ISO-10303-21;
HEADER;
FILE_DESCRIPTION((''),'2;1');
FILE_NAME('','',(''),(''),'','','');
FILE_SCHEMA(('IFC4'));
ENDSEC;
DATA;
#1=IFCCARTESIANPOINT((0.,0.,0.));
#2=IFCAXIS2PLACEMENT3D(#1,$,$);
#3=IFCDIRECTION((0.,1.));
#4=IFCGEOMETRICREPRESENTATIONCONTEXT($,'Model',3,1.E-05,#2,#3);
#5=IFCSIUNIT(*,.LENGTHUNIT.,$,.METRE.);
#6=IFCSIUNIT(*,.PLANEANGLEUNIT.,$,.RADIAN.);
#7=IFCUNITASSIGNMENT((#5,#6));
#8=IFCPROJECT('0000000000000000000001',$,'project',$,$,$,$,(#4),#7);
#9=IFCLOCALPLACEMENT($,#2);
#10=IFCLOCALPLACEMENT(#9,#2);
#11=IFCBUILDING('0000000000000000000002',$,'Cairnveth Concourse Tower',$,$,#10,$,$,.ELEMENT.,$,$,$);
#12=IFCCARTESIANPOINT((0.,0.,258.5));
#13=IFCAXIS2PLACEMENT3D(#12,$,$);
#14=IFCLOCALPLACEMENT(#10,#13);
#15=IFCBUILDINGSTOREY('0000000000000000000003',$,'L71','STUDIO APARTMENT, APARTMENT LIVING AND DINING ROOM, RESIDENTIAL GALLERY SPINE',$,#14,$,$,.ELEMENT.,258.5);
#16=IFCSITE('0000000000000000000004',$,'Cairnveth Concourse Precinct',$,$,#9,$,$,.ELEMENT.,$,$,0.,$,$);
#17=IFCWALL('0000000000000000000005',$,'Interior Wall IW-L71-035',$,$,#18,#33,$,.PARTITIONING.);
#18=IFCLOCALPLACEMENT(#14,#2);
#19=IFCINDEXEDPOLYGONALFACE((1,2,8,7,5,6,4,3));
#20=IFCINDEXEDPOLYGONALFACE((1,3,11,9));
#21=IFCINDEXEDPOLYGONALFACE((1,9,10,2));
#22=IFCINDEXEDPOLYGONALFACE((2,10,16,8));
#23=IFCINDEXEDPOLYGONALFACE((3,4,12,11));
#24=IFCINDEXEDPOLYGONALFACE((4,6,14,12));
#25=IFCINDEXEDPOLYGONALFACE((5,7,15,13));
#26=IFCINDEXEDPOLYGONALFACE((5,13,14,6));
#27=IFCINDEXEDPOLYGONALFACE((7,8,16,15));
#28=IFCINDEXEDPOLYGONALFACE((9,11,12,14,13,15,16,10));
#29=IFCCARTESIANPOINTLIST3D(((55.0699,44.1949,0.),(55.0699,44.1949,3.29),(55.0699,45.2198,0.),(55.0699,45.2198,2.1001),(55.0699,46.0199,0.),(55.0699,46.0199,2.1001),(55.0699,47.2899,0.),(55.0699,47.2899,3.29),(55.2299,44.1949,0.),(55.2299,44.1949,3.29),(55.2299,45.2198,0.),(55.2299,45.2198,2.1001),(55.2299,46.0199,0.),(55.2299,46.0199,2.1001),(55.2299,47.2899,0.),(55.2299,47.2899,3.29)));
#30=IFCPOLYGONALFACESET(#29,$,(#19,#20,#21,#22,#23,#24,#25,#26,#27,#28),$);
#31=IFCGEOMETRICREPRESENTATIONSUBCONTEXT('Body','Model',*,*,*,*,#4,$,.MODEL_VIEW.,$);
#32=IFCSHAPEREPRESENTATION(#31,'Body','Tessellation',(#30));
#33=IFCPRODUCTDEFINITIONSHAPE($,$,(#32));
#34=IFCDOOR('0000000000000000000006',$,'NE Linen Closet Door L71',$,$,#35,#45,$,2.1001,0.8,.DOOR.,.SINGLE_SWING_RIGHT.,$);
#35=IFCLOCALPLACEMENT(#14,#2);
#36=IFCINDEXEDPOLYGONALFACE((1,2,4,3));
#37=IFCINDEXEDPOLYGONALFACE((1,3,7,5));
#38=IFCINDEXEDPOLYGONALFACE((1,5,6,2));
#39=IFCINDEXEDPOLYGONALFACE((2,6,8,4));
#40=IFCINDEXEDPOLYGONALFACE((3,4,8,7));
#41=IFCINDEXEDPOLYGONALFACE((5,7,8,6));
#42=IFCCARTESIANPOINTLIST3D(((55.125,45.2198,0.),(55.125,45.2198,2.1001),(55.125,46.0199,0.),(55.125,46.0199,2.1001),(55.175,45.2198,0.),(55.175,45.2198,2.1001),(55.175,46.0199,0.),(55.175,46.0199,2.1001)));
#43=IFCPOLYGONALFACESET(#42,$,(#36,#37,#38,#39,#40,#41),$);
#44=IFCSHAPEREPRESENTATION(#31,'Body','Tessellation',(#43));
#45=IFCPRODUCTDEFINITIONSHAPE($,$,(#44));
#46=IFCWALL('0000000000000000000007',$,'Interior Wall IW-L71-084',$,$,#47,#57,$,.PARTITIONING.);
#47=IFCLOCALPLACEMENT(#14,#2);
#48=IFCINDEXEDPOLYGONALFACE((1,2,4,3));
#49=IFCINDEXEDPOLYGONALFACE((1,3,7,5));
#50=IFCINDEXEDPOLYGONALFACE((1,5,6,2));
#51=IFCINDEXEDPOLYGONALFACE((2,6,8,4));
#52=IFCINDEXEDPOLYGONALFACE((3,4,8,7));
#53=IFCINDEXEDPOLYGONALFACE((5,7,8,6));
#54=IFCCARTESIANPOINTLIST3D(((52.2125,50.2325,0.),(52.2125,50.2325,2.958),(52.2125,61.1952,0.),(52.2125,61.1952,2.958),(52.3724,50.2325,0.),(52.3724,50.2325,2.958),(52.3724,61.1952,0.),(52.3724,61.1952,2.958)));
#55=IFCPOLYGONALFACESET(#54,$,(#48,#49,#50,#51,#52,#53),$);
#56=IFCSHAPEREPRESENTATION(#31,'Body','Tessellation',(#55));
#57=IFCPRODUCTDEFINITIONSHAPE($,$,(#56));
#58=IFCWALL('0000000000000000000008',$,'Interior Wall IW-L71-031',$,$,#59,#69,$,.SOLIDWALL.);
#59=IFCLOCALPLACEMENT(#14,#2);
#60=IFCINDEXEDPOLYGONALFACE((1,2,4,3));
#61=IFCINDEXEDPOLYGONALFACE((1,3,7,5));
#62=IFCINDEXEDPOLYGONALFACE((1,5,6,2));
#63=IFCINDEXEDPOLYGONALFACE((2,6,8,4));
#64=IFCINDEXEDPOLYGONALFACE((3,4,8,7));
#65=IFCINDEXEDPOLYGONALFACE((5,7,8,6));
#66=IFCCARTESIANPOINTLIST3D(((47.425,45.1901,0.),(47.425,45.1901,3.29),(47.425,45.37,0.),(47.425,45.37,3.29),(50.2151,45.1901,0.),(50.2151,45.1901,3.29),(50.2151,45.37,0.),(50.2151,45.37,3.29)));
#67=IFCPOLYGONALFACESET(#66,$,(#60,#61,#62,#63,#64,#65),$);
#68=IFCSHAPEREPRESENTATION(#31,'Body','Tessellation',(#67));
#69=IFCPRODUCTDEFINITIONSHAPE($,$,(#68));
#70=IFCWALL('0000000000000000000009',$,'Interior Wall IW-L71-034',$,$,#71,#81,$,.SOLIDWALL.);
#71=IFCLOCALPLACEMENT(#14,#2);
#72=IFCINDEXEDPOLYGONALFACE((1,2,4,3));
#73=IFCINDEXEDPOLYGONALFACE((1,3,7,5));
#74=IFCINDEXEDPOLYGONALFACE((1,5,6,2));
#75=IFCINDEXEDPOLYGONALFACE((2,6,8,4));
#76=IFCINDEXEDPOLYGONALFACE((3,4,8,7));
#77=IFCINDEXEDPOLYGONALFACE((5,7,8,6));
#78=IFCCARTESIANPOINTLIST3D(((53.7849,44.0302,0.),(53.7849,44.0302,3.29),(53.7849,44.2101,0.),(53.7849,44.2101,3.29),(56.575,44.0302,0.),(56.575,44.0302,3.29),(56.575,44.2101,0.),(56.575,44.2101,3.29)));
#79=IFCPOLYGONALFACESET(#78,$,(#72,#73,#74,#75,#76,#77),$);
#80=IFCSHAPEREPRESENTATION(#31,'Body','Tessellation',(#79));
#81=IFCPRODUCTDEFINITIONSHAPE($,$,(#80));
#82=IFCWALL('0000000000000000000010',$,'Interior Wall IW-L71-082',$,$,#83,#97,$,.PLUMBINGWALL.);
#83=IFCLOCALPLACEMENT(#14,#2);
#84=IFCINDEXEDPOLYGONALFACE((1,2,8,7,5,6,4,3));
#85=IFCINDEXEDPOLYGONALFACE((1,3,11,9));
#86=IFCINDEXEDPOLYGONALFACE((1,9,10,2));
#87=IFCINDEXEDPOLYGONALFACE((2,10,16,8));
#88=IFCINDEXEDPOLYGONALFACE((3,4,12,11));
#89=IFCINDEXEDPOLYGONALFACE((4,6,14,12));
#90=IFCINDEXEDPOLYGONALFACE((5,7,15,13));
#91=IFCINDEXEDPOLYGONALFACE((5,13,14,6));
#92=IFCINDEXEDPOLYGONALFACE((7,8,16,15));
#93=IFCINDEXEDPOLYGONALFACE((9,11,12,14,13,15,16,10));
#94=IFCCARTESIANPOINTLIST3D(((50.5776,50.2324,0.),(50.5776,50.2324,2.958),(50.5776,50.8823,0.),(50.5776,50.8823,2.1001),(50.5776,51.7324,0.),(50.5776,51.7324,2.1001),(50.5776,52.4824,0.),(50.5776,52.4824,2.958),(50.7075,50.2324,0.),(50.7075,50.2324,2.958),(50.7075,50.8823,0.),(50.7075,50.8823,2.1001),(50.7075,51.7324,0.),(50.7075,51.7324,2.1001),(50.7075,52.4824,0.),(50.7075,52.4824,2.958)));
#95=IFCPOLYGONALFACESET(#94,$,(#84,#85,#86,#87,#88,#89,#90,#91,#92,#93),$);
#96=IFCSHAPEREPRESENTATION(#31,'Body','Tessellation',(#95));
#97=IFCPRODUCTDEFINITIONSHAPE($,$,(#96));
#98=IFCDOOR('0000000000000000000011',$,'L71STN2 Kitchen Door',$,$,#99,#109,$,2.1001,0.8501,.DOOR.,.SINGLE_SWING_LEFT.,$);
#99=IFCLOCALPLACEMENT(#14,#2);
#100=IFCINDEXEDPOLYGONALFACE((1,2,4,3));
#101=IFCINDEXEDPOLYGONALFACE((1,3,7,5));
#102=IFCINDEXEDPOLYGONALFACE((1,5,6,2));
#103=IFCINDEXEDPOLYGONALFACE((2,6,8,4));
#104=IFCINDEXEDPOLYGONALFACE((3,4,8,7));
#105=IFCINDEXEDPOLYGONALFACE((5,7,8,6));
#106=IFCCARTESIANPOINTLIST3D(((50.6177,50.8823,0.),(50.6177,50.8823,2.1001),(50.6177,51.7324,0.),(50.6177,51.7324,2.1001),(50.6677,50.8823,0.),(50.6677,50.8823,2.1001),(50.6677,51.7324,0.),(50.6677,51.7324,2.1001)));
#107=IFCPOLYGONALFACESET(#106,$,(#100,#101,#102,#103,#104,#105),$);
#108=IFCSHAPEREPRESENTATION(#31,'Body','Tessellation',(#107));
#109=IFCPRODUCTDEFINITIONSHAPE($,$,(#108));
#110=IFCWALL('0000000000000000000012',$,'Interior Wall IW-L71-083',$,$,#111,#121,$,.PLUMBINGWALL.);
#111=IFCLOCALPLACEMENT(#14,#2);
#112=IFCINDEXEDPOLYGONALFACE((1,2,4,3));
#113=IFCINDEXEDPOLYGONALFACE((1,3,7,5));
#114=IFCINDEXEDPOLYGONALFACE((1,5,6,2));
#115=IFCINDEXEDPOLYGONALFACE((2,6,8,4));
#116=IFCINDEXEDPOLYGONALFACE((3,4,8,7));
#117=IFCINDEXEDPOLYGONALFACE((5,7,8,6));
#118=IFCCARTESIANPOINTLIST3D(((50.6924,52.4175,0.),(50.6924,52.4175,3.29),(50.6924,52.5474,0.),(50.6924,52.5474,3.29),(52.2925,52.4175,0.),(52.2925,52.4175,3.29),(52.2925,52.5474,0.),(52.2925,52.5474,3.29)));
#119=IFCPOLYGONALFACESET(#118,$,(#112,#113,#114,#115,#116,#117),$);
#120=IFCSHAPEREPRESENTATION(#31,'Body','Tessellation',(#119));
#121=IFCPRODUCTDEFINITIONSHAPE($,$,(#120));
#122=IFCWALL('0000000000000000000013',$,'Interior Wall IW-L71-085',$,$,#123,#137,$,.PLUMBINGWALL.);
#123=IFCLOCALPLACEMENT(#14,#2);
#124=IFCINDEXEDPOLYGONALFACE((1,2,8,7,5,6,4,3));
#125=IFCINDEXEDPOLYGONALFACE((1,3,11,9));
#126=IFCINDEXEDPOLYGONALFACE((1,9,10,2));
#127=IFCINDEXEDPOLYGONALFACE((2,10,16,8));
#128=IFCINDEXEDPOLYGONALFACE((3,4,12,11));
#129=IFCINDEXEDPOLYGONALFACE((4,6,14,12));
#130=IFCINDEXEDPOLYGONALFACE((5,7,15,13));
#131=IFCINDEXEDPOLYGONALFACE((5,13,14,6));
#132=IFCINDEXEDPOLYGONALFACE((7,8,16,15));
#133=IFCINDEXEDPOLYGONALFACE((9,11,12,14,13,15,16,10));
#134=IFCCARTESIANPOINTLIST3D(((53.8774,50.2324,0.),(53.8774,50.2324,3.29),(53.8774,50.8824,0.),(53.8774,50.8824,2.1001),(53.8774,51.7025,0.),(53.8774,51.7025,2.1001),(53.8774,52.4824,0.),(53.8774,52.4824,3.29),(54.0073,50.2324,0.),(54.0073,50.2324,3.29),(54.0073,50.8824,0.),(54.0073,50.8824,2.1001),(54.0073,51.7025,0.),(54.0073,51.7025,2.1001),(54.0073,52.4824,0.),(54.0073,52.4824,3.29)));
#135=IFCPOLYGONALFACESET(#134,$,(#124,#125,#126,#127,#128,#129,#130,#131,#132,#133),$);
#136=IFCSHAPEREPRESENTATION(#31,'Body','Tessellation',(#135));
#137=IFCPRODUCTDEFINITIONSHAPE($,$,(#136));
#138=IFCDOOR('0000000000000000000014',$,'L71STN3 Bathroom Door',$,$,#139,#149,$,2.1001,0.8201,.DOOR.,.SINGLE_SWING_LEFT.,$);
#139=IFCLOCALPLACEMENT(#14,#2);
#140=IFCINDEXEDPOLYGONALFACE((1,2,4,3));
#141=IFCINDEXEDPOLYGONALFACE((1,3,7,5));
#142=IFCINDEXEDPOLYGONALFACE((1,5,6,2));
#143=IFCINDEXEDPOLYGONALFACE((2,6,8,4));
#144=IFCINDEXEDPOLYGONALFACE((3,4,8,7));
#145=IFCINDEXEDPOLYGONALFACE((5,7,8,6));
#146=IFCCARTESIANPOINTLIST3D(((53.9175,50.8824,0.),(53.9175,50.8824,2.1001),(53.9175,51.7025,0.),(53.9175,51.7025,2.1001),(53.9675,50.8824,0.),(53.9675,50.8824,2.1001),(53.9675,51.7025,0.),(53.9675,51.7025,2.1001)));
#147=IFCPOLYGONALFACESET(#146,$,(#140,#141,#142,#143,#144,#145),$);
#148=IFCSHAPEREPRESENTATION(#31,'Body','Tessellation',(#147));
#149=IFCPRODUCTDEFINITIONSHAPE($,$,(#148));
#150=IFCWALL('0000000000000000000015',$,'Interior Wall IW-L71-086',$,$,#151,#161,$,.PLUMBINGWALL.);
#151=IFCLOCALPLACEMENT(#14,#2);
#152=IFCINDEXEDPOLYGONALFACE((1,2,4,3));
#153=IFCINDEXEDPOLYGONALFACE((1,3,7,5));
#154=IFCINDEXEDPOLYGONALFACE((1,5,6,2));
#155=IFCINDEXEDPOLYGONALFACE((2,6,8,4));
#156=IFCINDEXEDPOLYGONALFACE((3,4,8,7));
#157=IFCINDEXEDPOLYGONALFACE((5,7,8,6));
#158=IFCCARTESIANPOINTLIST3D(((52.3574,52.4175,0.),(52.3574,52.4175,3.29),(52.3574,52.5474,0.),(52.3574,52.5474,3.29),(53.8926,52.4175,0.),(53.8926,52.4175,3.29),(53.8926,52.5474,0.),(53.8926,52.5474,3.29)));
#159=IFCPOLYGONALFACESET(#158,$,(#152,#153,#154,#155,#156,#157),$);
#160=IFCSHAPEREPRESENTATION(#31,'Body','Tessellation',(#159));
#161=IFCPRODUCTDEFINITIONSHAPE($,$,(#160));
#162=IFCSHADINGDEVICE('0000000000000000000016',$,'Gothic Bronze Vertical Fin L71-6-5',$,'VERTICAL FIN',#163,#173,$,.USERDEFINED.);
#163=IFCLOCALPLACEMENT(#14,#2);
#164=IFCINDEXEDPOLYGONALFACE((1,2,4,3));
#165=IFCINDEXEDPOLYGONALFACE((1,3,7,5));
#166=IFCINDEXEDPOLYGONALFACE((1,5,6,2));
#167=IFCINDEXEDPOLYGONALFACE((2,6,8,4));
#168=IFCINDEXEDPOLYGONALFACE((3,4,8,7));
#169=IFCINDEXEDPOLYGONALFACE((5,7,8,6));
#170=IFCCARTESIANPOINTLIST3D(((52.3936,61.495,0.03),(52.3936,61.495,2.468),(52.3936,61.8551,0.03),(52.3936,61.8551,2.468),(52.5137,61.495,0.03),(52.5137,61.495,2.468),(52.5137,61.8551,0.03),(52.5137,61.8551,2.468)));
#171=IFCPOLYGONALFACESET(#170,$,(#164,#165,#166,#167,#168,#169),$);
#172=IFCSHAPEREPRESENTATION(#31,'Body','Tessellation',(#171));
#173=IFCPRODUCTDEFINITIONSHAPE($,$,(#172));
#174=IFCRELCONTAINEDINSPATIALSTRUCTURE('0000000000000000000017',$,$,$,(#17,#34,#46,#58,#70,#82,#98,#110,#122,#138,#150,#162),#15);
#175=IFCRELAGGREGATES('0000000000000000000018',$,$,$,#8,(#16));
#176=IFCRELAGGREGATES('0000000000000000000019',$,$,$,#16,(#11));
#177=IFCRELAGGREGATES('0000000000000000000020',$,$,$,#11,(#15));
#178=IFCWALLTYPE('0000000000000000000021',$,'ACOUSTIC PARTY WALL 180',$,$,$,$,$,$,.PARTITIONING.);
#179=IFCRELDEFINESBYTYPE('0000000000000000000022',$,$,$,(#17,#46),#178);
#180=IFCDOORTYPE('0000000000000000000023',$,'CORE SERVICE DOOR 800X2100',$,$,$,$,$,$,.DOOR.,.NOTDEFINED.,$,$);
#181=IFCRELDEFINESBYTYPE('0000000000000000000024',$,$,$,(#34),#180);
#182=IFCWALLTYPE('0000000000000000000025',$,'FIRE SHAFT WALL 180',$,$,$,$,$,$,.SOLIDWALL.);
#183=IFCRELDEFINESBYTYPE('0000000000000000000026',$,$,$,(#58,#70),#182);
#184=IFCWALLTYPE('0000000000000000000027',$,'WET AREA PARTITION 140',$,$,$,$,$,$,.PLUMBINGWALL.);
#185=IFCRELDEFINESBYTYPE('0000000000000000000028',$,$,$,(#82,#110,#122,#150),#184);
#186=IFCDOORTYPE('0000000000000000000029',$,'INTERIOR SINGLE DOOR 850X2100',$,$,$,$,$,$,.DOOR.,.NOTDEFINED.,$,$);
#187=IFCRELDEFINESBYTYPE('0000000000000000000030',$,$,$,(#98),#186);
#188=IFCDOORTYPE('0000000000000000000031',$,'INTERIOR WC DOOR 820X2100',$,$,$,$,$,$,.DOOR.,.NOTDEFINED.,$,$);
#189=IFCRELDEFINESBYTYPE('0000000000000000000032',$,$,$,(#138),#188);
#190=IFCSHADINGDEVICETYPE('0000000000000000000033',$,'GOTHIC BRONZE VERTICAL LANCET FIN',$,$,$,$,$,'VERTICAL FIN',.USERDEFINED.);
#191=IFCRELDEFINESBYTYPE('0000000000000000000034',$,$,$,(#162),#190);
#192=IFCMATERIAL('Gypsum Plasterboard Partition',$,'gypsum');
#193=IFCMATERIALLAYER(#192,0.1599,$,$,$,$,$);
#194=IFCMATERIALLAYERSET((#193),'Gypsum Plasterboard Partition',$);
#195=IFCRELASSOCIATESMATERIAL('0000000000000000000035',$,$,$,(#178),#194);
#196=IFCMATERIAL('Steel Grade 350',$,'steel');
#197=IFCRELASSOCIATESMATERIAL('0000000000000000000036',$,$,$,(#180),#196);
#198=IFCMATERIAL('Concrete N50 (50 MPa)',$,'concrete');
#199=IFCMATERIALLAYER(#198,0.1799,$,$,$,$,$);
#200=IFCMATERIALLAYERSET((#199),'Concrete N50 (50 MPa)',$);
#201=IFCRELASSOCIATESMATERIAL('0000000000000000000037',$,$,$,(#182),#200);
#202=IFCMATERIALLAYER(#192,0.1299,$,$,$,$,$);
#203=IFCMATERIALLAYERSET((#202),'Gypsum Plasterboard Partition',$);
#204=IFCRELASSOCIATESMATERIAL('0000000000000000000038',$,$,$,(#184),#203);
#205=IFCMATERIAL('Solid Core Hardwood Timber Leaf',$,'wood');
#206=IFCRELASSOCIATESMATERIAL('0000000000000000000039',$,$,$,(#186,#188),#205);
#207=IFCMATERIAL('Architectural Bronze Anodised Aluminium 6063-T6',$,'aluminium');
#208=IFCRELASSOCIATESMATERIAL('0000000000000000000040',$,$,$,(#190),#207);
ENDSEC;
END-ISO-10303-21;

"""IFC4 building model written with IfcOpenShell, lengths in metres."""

from ifc_helpers import new_model, si_unit, direction, frame, frame_2d, origin, origin_2d, place, context, subcontext, project, spatial, rectangle, extrude, material, layer, layer_set, type_object, element, fill, save


model = new_model("IFC4")

# Units and contexts
model_context = context("Model", 3, precision=1e-05, world=origin(), true_north=direction((0.0, 1.0)))
body_context = subcontext(model_context, "Body", "Model", "MODEL_VIEW")
ifc_project = project(units=[si_unit("LENGTHUNIT", "METRE"), si_unit("PLANEANGLEUNIT", "RADIAN")], contexts=[model_context])

# Site, building, storey
site_placement = place(None, origin())
site = spatial("IfcSite", under=ifc_project, at=site_placement, Name="Cairnveth Concourse Precinct", CompositionType="ELEMENT", RefElevation=0.0)
building_placement = place(site_placement, origin())
building = spatial("IfcBuilding", under=site, at=building_placement, Name="Cairnveth Concourse Tower", CompositionType="ELEMENT")
storey_placement = place(building_placement, frame((0.0, 0.0, 258.5)))
storey = spatial("IfcBuildingStorey", under=building, at=storey_placement, Name="L71", Description="STUDIO APARTMENT, APARTMENT LIVING AND DINING ROOM, RESIDENTIAL GALLERY SPINE", CompositionType="ELEMENT", Elevation=258.5)

# Shared definitions
ifc_material_1 = material(Name="Steel Grade 350", Category="steel")

# Wall, opening, door
ifc_material_2 = material(Name="Gypsum Plasterboard Partition", Category="gypsum")
ifc_layer_1 = layer(ifc_material_2, 0.1599)
ifc_layer_set_1 = layer_set([ifc_layer_1], Name="Gypsum Plasterboard Partition")
wall_type_1 = type_object("IfcWallType", Name="ACOUSTIC PARTY WALL 180", PredefinedType="PARTITIONING", material=ifc_layer_set_1)
wall_1_placement = place(storey_placement, frame((55.1499, 44.1951, 0.0), z_axis=(0.0, 0.0, 1.0), x_axis=(0.0, 1.0, 0.0)))
wall_1 = element("IfcWall", 1, at=wall_1_placement, inside=storey, type_object=wall_type_1, Name="Interior Wall IW-L71-035", PredefinedType="PARTITIONING", context=body_context, shape_type="SweptSolid", body=[
    extrude(rectangle(XDim=3.095, YDim=0.1599, at=frame_2d((1.5474, 0.0))), origin(), (0.0, 0.0, 1.0), 3.29),
])
opening_1_placement = place(wall_1_placement, frame((1.0249, 0.0, 0.0)))
opening_1 = element("IfcOpeningElement", 2, at=opening_1_placement, cuts=wall_1, PredefinedType="OPENING", context=body_context, shape_type="SweptSolid", body=[
    extrude(rectangle(XDim=0.8, YDim=2.1001, at=frame_2d((0.3999, 1.05))), frame((0.0, 0.0898, 0.0), z_axis=(0.0, -1.0, 0.0), x_axis=(1.0, 0.0, 0.0)), (0.0, 0.0, 1.0), 0.1799),
])
door_type_1 = type_object("IfcDoorType", Name="CORE SERVICE DOOR 800X2100", OperationType="NOTDEFINED", PredefinedType="DOOR", material=ifc_material_1)
door_1_placement = place(opening_1_placement, origin())
door_1 = element("IfcDoor", 3, at=door_1_placement, inside=storey, type_object=door_type_1, Name="NE Linen Closet Door L71", OperationType="SINGLE_SWING_RIGHT", OverallHeight=2.1001, OverallWidth=0.8, PredefinedType="DOOR", context=body_context, shape_type="SweptSolid", body=[
    extrude(rectangle(XDim=0.8, YDim=2.1001, at=frame_2d((0.3999, 1.05))), frame((0.0, 0.0249, 0.0), z_axis=(0.0, -1.0, 0.0), x_axis=(1.0, 0.0, 0.0)), (0.0, 0.0, 1.0), 0.05),
])
fill(opening_1, door_1)

# Walls
wall_2_placement = place(storey_placement, frame((52.2925, 50.2324, 0.0), z_axis=(0.0, 0.0, 1.0), x_axis=(0.0, 1.0, 0.0)))
element("IfcWall", 4, at=wall_2_placement, inside=storey, type_object=wall_type_1, Name="Interior Wall IW-L71-084", PredefinedType="PARTITIONING", context=body_context, shape_type="SweptSolid", body=[
    extrude(rectangle(XDim=10.9626, YDim=0.1599, at=frame_2d((5.4814, 0.0))), origin(), (0.0, 0.0, 1.0), 2.958),
])
ifc_material_3 = material(Name="Concrete N50 (50 MPa)", Category="concrete")
ifc_layer_2 = layer(ifc_material_3, 0.1799)
ifc_layer_set_2 = layer_set([ifc_layer_2], Name="Concrete N50 (50 MPa)")
wall_type_2 = type_object("IfcWallType", Name="FIRE SHAFT WALL 180", PredefinedType="SOLIDWALL", material=ifc_layer_set_2)
for number, where, z_axis, x_axis, name in (
    (5, (47.425, 45.28, 0.0), (0.0, 0.0, 1.0), (1.0, 0.0, 0.0), "Interior Wall IW-L71-031"),
    (6, (53.7849, 44.1201, 0.0), (0.0, 0.0, 1.0), (1.0, 0.0, 0.0), "Interior Wall IW-L71-034"),
):
    element("IfcWall", number, at=place(storey_placement, frame(where, z_axis=z_axis, x_axis=x_axis)), inside=storey, type_object=wall_type_2, Name=name, PredefinedType="SOLIDWALL", context=body_context, shape_type="SweptSolid", body=[
        extrude(rectangle(XDim=2.79, YDim=0.1799, at=frame_2d((1.395, 0.0))), origin(), (0.0, 0.0, 1.0), 3.29),
    ])

# Wall, opening, door
ifc_layer_3 = layer(ifc_material_2, 0.1299)
ifc_layer_set_3 = layer_set([ifc_layer_3], Name="Gypsum Plasterboard Partition")
wall_type_3 = type_object("IfcWallType", Name="WET AREA PARTITION 140", PredefinedType="PLUMBINGWALL", material=ifc_layer_set_3)
wall_3_placement = place(storey_placement, frame((50.6426, 50.2324, 0.0), z_axis=(0.0, 0.0, 1.0), x_axis=(0.0, 1.0, 0.0)))
wall_3 = element("IfcWall", 7, at=wall_3_placement, inside=storey, type_object=wall_type_3, Name="Interior Wall IW-L71-082", PredefinedType="PLUMBINGWALL", context=body_context, shape_type="SweptSolid", body=[
    extrude(rectangle(XDim=2.25, YDim=0.1299, at=frame_2d((1.125, 0.0))), origin(), (0.0, 0.0, 1.0), 2.958),
])
opening_2_placement = place(wall_3_placement, frame((0.6499, 0.0, 0.0)))
opening_2 = element("IfcOpeningElement", 8, at=opening_2_placement, cuts=wall_3, PredefinedType="OPENING", context=body_context, shape_type="SweptSolid", body=[
    extrude(rectangle(XDim=0.8501, YDim=2.1001, at=frame_2d((0.425, 1.05))), frame((0.0, 0.075, 0.0), z_axis=(0.0, -1.0, 0.0), x_axis=(1.0, 0.0, 0.0)), (0.0, 0.0, 1.0), 0.1499),
])
ifc_material_4 = material(Name="Solid Core Hardwood Timber Leaf", Category="wood")
door_type_2 = type_object("IfcDoorType", Name="INTERIOR SINGLE DOOR 850X2100", OperationType="NOTDEFINED", PredefinedType="DOOR", material=ifc_material_4)
door_2_placement = place(opening_2_placement, origin())
door_2 = element("IfcDoor", 9, at=door_2_placement, inside=storey, type_object=door_type_2, Name="L71STN2 Kitchen Door", OperationType="SINGLE_SWING_LEFT", OverallHeight=2.1001, OverallWidth=0.8501, PredefinedType="DOOR", context=body_context, shape_type="SweptSolid", body=[
    extrude(rectangle(XDim=0.8501, YDim=2.1001, at=frame_2d((0.425, 1.05))), frame((0.0, 0.0249, 0.0), z_axis=(0.0, -1.0, 0.0), x_axis=(1.0, 0.0, 0.0)), (0.0, 0.0, 1.0), 0.05),
])
fill(opening_2, door_2)

# Wall
wall_4_placement = place(storey_placement, frame((50.6924, 52.4824, 0.0), z_axis=(0.0, 0.0, 1.0), x_axis=(1.0, 0.0, 0.0)))
element("IfcWall", 10, at=wall_4_placement, inside=storey, type_object=wall_type_3, Name="Interior Wall IW-L71-083", PredefinedType="PLUMBINGWALL", context=body_context, shape_type="SweptSolid", body=[
    extrude(rectangle(XDim=1.6001, YDim=0.1299, at=frame_2d((0.8, 0.0))), origin(), (0.0, 0.0, 1.0), 3.29),
])

# Wall, opening, door
wall_5_placement = place(storey_placement, frame((53.9424, 50.2324, 0.0), z_axis=(0.0, 0.0, 1.0), x_axis=(0.0, 1.0, 0.0)))
wall_5 = element("IfcWall", 11, at=wall_5_placement, inside=storey, type_object=wall_type_3, Name="Interior Wall IW-L71-085", PredefinedType="PLUMBINGWALL", context=body_context, shape_type="SweptSolid", body=[
    extrude(rectangle(XDim=2.25, YDim=0.1299, at=frame_2d((1.125, 0.0))), origin(), (0.0, 0.0, 1.0), 3.29),
])
opening_3_placement = place(wall_5_placement, frame((0.6499, 0.0, 0.0)))
opening_3 = element("IfcOpeningElement", 12, at=opening_3_placement, cuts=wall_5, PredefinedType="OPENING", context=body_context, shape_type="SweptSolid", body=[
    extrude(rectangle(XDim=0.8201, YDim=2.1001, at=frame_2d((0.4102, 1.05))), frame((0.0, 0.075, 0.0), z_axis=(0.0, -1.0, 0.0), x_axis=(1.0, 0.0, 0.0)), (0.0, 0.0, 1.0), 0.1499),
])
door_type_3 = type_object("IfcDoorType", Name="INTERIOR WC DOOR 820X2100", OperationType="NOTDEFINED", PredefinedType="DOOR", material=ifc_material_4)
door_3_placement = place(opening_3_placement, origin())
door_3 = element("IfcDoor", 13, at=door_3_placement, inside=storey, type_object=door_type_3, Name="L71STN3 Bathroom Door", OperationType="SINGLE_SWING_LEFT", OverallHeight=2.1001, OverallWidth=0.8201, PredefinedType="DOOR", context=body_context, shape_type="SweptSolid", body=[
    extrude(rectangle(XDim=0.8201, YDim=2.1001, at=frame_2d((0.4102, 1.05))), frame((0.0, 0.0249, 0.0), z_axis=(0.0, -1.0, 0.0), x_axis=(1.0, 0.0, 0.0)), (0.0, 0.0, 1.0), 0.05),
])
fill(opening_3, door_3)

# Wall
wall_6_placement = place(storey_placement, frame((52.3574, 52.4824, 0.0), z_axis=(0.0, 0.0, 1.0), x_axis=(1.0, 0.0, 0.0)))
element("IfcWall", 14, at=wall_6_placement, inside=storey, type_object=wall_type_3, Name="Interior Wall IW-L71-086", PredefinedType="PLUMBINGWALL", context=body_context, shape_type="SweptSolid", body=[
    extrude(rectangle(XDim=1.5352, YDim=0.1299, at=frame_2d((0.7676, 0.0))), origin(), (0.0, 0.0, 1.0), 3.29),
])

# Shading device
ifc_material_5 = material(Name="Architectural Bronze Anodised Aluminium 6063-T6", Category="aluminium")
shading_device_type = type_object("IfcShadingDeviceType", Name="GOTHIC BRONZE VERTICAL LANCET FIN", ElementType="VERTICAL FIN", PredefinedType="USERDEFINED", material=ifc_material_5)
for number, where, z_axis, x_axis, name in (
    (15, (52.4536, 61.675, 0.03), (0.0, 0.0, 1.0), (1.0, 0.0, 0.0), "Gothic Bronze Vertical Fin L71-6-5"),
):
    element("IfcShadingDevice", number, at=place(storey_placement, frame(where, z_axis=z_axis, x_axis=x_axis)), inside=storey, type_object=shading_device_type, Name=name, ObjectType="VERTICAL FIN", PredefinedType="USERDEFINED", context=body_context, shape_type="SweptSolid", body=[
        extrude(rectangle(XDim=0.1201, YDim=0.3601, at=origin_2d()), origin(), (0.0, 0.0, 1.0), 2.438),
    ])

save(model, "model.ifc")
